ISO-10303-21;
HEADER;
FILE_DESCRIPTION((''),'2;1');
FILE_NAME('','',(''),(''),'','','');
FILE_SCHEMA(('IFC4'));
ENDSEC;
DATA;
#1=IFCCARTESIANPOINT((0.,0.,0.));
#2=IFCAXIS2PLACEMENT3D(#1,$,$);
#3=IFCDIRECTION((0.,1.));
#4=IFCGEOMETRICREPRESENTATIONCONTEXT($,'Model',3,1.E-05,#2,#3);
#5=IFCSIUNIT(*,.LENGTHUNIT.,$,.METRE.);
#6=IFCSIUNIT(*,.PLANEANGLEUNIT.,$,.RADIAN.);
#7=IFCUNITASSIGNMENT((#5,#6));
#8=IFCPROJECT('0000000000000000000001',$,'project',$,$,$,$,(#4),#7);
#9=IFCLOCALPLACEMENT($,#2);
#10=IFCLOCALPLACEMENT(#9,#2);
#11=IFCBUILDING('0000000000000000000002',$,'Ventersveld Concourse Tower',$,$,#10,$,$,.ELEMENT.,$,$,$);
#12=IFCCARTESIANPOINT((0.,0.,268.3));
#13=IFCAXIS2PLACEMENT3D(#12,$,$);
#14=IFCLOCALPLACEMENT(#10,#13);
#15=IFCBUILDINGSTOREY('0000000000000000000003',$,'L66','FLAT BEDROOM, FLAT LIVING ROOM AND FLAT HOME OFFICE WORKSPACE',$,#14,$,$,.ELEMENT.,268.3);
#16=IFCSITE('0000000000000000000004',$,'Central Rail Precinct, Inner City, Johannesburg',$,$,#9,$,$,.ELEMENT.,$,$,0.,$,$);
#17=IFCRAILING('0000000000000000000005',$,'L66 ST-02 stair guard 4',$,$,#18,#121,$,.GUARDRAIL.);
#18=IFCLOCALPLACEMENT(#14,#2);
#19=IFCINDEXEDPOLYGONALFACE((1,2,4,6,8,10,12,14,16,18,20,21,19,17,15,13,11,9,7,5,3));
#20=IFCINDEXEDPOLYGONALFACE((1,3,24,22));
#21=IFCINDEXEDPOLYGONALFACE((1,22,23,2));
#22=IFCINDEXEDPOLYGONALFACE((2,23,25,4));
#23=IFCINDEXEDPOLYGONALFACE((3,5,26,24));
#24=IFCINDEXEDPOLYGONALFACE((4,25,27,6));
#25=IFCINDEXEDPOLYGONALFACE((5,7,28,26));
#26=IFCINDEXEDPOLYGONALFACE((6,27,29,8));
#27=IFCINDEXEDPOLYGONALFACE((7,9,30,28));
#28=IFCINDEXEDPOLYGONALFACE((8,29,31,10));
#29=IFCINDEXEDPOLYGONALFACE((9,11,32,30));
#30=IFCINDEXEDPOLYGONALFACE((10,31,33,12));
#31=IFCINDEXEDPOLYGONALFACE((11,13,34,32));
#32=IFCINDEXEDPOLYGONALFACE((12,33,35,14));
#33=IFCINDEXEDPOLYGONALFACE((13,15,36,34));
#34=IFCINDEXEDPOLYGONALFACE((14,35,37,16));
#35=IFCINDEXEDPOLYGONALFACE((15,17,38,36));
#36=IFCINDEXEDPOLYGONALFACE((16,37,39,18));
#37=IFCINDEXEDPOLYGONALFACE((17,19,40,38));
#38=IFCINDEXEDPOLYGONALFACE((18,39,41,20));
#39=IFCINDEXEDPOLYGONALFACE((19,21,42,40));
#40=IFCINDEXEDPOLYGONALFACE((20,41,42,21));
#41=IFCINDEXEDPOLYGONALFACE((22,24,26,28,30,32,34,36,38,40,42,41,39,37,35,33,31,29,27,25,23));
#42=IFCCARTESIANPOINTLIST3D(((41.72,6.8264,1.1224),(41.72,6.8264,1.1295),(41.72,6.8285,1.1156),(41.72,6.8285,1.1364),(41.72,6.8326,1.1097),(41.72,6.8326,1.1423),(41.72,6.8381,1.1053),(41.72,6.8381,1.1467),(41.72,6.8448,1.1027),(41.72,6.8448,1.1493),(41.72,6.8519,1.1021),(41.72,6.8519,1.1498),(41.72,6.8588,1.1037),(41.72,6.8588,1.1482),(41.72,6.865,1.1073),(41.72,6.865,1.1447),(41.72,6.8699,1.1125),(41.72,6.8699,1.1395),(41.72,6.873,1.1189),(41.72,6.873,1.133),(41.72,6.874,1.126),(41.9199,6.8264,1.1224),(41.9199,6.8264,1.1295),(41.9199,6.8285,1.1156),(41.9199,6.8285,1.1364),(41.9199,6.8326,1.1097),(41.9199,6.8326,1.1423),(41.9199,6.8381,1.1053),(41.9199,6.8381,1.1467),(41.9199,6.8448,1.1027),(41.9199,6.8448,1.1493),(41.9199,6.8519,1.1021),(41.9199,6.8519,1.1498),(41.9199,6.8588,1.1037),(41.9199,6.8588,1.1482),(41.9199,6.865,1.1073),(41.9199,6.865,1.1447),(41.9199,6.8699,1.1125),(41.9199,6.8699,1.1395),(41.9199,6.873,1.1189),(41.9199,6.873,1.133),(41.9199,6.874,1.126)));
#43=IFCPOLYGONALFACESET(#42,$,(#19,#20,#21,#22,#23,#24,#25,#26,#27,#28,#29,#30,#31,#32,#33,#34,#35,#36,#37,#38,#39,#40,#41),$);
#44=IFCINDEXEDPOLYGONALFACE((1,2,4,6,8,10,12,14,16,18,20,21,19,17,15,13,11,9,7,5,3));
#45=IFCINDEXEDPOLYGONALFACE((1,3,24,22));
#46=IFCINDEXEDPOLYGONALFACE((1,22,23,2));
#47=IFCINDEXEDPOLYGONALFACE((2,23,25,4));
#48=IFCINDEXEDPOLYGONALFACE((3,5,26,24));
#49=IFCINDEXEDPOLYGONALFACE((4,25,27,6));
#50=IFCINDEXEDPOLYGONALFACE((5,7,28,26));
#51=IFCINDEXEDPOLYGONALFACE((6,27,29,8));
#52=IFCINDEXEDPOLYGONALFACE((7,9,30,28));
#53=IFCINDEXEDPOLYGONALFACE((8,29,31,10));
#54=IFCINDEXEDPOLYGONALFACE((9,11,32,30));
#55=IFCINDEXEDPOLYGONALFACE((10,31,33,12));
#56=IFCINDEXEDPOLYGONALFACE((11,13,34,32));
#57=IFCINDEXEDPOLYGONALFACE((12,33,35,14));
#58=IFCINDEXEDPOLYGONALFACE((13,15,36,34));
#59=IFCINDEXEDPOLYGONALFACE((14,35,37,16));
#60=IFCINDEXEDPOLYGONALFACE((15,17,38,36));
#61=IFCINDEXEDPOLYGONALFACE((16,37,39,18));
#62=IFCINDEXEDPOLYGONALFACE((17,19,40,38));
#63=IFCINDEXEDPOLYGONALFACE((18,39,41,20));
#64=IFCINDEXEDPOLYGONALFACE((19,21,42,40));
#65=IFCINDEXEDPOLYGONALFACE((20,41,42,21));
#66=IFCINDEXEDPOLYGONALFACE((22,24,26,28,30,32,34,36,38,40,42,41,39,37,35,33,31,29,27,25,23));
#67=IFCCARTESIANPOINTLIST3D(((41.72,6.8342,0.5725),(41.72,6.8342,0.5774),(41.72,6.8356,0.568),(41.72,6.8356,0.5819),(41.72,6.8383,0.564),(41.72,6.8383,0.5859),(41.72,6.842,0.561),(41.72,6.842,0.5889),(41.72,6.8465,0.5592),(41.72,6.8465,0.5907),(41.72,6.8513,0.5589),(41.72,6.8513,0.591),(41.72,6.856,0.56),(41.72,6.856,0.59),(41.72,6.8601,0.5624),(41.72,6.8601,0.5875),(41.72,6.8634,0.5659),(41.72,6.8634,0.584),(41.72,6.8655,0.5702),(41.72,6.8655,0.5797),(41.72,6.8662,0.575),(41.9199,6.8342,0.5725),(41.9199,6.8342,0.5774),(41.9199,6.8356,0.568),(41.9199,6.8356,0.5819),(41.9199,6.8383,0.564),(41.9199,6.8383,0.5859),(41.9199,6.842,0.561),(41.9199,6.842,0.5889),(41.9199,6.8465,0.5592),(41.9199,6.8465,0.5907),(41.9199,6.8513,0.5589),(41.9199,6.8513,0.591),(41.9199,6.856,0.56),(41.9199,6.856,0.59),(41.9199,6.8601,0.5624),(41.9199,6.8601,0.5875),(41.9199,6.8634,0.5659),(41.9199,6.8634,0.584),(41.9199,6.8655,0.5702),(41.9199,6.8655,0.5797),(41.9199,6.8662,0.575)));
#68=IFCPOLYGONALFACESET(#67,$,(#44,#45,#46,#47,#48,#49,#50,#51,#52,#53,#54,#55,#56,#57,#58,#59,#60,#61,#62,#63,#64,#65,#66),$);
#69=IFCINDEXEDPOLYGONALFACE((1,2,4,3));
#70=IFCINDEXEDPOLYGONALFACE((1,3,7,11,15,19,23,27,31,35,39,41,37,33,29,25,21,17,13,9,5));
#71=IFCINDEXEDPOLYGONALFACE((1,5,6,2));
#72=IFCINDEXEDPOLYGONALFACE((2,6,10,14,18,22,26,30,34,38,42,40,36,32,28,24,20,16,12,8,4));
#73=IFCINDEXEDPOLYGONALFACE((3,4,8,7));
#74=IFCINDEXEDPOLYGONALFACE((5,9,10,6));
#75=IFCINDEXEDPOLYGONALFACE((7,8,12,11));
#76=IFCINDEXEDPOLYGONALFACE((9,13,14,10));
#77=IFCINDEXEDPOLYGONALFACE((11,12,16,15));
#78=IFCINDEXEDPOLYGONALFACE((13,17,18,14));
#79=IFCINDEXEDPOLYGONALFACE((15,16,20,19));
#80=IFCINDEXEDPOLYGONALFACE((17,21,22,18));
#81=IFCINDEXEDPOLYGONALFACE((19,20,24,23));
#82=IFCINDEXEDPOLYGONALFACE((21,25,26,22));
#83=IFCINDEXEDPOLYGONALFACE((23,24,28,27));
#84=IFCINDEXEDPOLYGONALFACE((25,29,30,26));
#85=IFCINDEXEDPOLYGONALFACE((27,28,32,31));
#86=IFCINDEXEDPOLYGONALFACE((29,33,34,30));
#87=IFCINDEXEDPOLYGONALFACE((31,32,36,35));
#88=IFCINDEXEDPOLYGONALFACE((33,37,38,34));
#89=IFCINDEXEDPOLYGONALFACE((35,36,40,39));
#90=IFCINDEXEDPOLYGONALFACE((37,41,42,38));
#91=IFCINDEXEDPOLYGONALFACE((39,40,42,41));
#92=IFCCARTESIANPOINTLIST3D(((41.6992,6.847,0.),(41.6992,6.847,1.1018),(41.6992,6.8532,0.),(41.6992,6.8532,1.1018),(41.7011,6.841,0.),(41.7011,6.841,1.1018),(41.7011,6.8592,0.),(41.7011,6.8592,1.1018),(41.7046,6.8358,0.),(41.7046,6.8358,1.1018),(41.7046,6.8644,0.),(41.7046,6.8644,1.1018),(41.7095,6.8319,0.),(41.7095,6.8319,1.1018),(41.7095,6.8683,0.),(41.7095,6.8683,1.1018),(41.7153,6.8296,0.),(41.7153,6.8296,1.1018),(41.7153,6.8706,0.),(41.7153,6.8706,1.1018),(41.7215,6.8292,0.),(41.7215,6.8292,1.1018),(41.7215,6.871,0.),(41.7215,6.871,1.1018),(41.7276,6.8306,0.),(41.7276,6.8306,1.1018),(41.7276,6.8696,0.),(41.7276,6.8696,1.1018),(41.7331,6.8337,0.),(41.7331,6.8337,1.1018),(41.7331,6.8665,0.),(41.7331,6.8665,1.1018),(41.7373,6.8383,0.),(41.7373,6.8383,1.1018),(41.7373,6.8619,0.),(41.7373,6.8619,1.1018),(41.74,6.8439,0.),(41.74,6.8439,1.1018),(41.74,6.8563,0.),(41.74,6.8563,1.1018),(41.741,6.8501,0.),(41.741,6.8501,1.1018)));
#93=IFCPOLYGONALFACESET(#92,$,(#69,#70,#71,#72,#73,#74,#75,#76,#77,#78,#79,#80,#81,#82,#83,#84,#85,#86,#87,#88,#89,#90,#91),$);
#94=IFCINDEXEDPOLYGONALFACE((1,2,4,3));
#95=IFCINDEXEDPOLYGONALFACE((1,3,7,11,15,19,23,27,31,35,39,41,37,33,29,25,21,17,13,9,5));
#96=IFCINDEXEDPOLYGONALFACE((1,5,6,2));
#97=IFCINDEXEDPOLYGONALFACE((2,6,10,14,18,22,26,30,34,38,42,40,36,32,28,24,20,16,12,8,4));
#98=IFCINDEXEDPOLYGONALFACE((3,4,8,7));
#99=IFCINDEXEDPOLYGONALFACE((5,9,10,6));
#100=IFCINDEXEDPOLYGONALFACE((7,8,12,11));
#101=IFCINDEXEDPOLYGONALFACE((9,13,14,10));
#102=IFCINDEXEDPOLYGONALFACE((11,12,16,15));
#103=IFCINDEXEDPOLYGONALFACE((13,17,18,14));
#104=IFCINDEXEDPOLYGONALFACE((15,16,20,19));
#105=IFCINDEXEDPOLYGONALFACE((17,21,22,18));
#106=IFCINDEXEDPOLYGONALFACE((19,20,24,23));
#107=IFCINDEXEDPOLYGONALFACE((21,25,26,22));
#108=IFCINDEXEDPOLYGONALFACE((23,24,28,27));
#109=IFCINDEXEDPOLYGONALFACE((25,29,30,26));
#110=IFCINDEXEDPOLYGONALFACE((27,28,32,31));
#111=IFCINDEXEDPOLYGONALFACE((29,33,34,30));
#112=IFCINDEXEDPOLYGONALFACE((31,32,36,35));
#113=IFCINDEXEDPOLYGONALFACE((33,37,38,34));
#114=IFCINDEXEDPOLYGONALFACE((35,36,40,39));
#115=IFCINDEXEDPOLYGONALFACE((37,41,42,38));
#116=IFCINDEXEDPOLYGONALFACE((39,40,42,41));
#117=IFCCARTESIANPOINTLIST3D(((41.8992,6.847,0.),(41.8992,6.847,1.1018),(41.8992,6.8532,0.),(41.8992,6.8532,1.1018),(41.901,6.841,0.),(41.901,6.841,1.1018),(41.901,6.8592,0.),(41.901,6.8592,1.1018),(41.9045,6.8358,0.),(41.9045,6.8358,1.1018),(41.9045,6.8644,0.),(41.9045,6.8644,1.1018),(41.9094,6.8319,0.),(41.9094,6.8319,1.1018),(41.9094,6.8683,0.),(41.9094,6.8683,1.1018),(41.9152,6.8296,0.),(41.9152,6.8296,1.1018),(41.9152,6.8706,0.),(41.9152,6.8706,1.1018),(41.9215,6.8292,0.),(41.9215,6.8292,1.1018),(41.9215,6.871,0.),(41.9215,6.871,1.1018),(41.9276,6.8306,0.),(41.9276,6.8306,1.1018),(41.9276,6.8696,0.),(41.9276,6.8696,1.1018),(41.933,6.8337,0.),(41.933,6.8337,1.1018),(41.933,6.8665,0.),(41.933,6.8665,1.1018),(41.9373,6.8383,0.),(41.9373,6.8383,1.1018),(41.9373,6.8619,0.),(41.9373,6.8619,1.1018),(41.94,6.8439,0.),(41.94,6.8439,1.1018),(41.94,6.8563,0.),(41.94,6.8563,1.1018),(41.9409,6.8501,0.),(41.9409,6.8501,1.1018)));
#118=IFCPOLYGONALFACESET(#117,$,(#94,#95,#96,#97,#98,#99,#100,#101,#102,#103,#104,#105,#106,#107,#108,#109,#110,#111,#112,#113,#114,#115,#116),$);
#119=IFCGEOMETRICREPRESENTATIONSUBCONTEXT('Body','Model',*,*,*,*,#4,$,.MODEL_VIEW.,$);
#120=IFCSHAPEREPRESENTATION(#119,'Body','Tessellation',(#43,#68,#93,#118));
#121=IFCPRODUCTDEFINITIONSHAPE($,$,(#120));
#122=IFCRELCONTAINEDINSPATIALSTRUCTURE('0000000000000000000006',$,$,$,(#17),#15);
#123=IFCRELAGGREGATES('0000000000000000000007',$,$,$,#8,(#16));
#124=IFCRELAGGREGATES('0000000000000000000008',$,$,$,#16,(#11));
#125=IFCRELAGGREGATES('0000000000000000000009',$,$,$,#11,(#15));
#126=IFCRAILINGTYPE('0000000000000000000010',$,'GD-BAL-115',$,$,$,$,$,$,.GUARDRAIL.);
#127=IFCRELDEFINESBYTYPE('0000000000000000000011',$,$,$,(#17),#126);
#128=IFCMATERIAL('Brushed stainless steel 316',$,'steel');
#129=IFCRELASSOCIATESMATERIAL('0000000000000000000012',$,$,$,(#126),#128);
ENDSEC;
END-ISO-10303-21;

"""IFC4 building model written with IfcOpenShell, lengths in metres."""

from ifc_helpers import new_model, si_unit, direction, frame, origin, origin_2d, place, context, subcontext, project, spatial, circle, extrude, material, type_object, element, save


model = new_model("IFC4")

# Units and contexts
model_context = context("Model", 3, precision=1e-05, world=origin(), true_north=direction((0.0, 1.0)))
body_context = subcontext(model_context, "Body", "Model", "MODEL_VIEW")
ifc_project = project(units=[si_unit("LENGTHUNIT", "METRE"), si_unit("PLANEANGLEUNIT", "RADIAN")], contexts=[model_context])

# Site, building, storey
site_placement = place(None, origin())
site = spatial("IfcSite", under=ifc_project, at=site_placement, Name="Central Rail Precinct, Inner City, Johannesburg", CompositionType="ELEMENT", RefElevation=0.0)
building_placement = place(site_placement, origin())
building = spatial("IfcBuilding", under=site, at=building_placement, Name="Ventersveld Concourse Tower", CompositionType="ELEMENT")
storey_placement = place(building_placement, frame((0.0, 0.0, 268.3)))
storey = spatial("IfcBuildingStorey", under=building, at=storey_placement, Name="L66", Description="FLAT BEDROOM, FLAT LIVING ROOM AND FLAT HOME OFFICE WORKSPACE", CompositionType="ELEMENT", Elevation=268.3)

# Railing
ifc_material_1 = material(Name="Brushed stainless steel 316", Category="steel")
railing_type_1 = type_object("IfcRailingType", Name="GD-BAL-115", PredefinedType="GUARDRAIL", material=ifc_material_1)
railing_1_placement = place(storey_placement, frame((41.72, 6.8501, 0.0)))
element("IfcRailing", 1, at=railing_1_placement, inside=storey, type_object=railing_type_1, Name="L66 ST-02 stair guard 4", PredefinedType="GUARDRAIL", context=body_context, shape_type="SweptSolid", body=[
    extrude(circle(Radius=0.0239, at=origin_2d()), frame((0.0, 0.0, 1.126), z_axis=(1.0, 0.0, 0.0), x_axis=(0.0, 1.0, 0.0)), (0.0, 0.0, 1.0), 0.2),
    extrude(circle(Radius=0.0161, at=origin_2d()), frame((0.0, 0.0, 0.575), z_axis=(1.0, 0.0, 0.0), x_axis=(0.0, 1.0, 0.0)), (0.0, 0.0, 1.0), 0.2),
    extrude(circle(Radius=0.021, at=origin_2d()), origin(), (0.0, 0.0, 1.0), 1.1018),
    extrude(circle(Radius=0.021, at=origin_2d()), frame((0.2, 0.0, 0.0)), (0.0, 0.0, 1.0), 1.1018),
])

save(model, "model.ifc")
